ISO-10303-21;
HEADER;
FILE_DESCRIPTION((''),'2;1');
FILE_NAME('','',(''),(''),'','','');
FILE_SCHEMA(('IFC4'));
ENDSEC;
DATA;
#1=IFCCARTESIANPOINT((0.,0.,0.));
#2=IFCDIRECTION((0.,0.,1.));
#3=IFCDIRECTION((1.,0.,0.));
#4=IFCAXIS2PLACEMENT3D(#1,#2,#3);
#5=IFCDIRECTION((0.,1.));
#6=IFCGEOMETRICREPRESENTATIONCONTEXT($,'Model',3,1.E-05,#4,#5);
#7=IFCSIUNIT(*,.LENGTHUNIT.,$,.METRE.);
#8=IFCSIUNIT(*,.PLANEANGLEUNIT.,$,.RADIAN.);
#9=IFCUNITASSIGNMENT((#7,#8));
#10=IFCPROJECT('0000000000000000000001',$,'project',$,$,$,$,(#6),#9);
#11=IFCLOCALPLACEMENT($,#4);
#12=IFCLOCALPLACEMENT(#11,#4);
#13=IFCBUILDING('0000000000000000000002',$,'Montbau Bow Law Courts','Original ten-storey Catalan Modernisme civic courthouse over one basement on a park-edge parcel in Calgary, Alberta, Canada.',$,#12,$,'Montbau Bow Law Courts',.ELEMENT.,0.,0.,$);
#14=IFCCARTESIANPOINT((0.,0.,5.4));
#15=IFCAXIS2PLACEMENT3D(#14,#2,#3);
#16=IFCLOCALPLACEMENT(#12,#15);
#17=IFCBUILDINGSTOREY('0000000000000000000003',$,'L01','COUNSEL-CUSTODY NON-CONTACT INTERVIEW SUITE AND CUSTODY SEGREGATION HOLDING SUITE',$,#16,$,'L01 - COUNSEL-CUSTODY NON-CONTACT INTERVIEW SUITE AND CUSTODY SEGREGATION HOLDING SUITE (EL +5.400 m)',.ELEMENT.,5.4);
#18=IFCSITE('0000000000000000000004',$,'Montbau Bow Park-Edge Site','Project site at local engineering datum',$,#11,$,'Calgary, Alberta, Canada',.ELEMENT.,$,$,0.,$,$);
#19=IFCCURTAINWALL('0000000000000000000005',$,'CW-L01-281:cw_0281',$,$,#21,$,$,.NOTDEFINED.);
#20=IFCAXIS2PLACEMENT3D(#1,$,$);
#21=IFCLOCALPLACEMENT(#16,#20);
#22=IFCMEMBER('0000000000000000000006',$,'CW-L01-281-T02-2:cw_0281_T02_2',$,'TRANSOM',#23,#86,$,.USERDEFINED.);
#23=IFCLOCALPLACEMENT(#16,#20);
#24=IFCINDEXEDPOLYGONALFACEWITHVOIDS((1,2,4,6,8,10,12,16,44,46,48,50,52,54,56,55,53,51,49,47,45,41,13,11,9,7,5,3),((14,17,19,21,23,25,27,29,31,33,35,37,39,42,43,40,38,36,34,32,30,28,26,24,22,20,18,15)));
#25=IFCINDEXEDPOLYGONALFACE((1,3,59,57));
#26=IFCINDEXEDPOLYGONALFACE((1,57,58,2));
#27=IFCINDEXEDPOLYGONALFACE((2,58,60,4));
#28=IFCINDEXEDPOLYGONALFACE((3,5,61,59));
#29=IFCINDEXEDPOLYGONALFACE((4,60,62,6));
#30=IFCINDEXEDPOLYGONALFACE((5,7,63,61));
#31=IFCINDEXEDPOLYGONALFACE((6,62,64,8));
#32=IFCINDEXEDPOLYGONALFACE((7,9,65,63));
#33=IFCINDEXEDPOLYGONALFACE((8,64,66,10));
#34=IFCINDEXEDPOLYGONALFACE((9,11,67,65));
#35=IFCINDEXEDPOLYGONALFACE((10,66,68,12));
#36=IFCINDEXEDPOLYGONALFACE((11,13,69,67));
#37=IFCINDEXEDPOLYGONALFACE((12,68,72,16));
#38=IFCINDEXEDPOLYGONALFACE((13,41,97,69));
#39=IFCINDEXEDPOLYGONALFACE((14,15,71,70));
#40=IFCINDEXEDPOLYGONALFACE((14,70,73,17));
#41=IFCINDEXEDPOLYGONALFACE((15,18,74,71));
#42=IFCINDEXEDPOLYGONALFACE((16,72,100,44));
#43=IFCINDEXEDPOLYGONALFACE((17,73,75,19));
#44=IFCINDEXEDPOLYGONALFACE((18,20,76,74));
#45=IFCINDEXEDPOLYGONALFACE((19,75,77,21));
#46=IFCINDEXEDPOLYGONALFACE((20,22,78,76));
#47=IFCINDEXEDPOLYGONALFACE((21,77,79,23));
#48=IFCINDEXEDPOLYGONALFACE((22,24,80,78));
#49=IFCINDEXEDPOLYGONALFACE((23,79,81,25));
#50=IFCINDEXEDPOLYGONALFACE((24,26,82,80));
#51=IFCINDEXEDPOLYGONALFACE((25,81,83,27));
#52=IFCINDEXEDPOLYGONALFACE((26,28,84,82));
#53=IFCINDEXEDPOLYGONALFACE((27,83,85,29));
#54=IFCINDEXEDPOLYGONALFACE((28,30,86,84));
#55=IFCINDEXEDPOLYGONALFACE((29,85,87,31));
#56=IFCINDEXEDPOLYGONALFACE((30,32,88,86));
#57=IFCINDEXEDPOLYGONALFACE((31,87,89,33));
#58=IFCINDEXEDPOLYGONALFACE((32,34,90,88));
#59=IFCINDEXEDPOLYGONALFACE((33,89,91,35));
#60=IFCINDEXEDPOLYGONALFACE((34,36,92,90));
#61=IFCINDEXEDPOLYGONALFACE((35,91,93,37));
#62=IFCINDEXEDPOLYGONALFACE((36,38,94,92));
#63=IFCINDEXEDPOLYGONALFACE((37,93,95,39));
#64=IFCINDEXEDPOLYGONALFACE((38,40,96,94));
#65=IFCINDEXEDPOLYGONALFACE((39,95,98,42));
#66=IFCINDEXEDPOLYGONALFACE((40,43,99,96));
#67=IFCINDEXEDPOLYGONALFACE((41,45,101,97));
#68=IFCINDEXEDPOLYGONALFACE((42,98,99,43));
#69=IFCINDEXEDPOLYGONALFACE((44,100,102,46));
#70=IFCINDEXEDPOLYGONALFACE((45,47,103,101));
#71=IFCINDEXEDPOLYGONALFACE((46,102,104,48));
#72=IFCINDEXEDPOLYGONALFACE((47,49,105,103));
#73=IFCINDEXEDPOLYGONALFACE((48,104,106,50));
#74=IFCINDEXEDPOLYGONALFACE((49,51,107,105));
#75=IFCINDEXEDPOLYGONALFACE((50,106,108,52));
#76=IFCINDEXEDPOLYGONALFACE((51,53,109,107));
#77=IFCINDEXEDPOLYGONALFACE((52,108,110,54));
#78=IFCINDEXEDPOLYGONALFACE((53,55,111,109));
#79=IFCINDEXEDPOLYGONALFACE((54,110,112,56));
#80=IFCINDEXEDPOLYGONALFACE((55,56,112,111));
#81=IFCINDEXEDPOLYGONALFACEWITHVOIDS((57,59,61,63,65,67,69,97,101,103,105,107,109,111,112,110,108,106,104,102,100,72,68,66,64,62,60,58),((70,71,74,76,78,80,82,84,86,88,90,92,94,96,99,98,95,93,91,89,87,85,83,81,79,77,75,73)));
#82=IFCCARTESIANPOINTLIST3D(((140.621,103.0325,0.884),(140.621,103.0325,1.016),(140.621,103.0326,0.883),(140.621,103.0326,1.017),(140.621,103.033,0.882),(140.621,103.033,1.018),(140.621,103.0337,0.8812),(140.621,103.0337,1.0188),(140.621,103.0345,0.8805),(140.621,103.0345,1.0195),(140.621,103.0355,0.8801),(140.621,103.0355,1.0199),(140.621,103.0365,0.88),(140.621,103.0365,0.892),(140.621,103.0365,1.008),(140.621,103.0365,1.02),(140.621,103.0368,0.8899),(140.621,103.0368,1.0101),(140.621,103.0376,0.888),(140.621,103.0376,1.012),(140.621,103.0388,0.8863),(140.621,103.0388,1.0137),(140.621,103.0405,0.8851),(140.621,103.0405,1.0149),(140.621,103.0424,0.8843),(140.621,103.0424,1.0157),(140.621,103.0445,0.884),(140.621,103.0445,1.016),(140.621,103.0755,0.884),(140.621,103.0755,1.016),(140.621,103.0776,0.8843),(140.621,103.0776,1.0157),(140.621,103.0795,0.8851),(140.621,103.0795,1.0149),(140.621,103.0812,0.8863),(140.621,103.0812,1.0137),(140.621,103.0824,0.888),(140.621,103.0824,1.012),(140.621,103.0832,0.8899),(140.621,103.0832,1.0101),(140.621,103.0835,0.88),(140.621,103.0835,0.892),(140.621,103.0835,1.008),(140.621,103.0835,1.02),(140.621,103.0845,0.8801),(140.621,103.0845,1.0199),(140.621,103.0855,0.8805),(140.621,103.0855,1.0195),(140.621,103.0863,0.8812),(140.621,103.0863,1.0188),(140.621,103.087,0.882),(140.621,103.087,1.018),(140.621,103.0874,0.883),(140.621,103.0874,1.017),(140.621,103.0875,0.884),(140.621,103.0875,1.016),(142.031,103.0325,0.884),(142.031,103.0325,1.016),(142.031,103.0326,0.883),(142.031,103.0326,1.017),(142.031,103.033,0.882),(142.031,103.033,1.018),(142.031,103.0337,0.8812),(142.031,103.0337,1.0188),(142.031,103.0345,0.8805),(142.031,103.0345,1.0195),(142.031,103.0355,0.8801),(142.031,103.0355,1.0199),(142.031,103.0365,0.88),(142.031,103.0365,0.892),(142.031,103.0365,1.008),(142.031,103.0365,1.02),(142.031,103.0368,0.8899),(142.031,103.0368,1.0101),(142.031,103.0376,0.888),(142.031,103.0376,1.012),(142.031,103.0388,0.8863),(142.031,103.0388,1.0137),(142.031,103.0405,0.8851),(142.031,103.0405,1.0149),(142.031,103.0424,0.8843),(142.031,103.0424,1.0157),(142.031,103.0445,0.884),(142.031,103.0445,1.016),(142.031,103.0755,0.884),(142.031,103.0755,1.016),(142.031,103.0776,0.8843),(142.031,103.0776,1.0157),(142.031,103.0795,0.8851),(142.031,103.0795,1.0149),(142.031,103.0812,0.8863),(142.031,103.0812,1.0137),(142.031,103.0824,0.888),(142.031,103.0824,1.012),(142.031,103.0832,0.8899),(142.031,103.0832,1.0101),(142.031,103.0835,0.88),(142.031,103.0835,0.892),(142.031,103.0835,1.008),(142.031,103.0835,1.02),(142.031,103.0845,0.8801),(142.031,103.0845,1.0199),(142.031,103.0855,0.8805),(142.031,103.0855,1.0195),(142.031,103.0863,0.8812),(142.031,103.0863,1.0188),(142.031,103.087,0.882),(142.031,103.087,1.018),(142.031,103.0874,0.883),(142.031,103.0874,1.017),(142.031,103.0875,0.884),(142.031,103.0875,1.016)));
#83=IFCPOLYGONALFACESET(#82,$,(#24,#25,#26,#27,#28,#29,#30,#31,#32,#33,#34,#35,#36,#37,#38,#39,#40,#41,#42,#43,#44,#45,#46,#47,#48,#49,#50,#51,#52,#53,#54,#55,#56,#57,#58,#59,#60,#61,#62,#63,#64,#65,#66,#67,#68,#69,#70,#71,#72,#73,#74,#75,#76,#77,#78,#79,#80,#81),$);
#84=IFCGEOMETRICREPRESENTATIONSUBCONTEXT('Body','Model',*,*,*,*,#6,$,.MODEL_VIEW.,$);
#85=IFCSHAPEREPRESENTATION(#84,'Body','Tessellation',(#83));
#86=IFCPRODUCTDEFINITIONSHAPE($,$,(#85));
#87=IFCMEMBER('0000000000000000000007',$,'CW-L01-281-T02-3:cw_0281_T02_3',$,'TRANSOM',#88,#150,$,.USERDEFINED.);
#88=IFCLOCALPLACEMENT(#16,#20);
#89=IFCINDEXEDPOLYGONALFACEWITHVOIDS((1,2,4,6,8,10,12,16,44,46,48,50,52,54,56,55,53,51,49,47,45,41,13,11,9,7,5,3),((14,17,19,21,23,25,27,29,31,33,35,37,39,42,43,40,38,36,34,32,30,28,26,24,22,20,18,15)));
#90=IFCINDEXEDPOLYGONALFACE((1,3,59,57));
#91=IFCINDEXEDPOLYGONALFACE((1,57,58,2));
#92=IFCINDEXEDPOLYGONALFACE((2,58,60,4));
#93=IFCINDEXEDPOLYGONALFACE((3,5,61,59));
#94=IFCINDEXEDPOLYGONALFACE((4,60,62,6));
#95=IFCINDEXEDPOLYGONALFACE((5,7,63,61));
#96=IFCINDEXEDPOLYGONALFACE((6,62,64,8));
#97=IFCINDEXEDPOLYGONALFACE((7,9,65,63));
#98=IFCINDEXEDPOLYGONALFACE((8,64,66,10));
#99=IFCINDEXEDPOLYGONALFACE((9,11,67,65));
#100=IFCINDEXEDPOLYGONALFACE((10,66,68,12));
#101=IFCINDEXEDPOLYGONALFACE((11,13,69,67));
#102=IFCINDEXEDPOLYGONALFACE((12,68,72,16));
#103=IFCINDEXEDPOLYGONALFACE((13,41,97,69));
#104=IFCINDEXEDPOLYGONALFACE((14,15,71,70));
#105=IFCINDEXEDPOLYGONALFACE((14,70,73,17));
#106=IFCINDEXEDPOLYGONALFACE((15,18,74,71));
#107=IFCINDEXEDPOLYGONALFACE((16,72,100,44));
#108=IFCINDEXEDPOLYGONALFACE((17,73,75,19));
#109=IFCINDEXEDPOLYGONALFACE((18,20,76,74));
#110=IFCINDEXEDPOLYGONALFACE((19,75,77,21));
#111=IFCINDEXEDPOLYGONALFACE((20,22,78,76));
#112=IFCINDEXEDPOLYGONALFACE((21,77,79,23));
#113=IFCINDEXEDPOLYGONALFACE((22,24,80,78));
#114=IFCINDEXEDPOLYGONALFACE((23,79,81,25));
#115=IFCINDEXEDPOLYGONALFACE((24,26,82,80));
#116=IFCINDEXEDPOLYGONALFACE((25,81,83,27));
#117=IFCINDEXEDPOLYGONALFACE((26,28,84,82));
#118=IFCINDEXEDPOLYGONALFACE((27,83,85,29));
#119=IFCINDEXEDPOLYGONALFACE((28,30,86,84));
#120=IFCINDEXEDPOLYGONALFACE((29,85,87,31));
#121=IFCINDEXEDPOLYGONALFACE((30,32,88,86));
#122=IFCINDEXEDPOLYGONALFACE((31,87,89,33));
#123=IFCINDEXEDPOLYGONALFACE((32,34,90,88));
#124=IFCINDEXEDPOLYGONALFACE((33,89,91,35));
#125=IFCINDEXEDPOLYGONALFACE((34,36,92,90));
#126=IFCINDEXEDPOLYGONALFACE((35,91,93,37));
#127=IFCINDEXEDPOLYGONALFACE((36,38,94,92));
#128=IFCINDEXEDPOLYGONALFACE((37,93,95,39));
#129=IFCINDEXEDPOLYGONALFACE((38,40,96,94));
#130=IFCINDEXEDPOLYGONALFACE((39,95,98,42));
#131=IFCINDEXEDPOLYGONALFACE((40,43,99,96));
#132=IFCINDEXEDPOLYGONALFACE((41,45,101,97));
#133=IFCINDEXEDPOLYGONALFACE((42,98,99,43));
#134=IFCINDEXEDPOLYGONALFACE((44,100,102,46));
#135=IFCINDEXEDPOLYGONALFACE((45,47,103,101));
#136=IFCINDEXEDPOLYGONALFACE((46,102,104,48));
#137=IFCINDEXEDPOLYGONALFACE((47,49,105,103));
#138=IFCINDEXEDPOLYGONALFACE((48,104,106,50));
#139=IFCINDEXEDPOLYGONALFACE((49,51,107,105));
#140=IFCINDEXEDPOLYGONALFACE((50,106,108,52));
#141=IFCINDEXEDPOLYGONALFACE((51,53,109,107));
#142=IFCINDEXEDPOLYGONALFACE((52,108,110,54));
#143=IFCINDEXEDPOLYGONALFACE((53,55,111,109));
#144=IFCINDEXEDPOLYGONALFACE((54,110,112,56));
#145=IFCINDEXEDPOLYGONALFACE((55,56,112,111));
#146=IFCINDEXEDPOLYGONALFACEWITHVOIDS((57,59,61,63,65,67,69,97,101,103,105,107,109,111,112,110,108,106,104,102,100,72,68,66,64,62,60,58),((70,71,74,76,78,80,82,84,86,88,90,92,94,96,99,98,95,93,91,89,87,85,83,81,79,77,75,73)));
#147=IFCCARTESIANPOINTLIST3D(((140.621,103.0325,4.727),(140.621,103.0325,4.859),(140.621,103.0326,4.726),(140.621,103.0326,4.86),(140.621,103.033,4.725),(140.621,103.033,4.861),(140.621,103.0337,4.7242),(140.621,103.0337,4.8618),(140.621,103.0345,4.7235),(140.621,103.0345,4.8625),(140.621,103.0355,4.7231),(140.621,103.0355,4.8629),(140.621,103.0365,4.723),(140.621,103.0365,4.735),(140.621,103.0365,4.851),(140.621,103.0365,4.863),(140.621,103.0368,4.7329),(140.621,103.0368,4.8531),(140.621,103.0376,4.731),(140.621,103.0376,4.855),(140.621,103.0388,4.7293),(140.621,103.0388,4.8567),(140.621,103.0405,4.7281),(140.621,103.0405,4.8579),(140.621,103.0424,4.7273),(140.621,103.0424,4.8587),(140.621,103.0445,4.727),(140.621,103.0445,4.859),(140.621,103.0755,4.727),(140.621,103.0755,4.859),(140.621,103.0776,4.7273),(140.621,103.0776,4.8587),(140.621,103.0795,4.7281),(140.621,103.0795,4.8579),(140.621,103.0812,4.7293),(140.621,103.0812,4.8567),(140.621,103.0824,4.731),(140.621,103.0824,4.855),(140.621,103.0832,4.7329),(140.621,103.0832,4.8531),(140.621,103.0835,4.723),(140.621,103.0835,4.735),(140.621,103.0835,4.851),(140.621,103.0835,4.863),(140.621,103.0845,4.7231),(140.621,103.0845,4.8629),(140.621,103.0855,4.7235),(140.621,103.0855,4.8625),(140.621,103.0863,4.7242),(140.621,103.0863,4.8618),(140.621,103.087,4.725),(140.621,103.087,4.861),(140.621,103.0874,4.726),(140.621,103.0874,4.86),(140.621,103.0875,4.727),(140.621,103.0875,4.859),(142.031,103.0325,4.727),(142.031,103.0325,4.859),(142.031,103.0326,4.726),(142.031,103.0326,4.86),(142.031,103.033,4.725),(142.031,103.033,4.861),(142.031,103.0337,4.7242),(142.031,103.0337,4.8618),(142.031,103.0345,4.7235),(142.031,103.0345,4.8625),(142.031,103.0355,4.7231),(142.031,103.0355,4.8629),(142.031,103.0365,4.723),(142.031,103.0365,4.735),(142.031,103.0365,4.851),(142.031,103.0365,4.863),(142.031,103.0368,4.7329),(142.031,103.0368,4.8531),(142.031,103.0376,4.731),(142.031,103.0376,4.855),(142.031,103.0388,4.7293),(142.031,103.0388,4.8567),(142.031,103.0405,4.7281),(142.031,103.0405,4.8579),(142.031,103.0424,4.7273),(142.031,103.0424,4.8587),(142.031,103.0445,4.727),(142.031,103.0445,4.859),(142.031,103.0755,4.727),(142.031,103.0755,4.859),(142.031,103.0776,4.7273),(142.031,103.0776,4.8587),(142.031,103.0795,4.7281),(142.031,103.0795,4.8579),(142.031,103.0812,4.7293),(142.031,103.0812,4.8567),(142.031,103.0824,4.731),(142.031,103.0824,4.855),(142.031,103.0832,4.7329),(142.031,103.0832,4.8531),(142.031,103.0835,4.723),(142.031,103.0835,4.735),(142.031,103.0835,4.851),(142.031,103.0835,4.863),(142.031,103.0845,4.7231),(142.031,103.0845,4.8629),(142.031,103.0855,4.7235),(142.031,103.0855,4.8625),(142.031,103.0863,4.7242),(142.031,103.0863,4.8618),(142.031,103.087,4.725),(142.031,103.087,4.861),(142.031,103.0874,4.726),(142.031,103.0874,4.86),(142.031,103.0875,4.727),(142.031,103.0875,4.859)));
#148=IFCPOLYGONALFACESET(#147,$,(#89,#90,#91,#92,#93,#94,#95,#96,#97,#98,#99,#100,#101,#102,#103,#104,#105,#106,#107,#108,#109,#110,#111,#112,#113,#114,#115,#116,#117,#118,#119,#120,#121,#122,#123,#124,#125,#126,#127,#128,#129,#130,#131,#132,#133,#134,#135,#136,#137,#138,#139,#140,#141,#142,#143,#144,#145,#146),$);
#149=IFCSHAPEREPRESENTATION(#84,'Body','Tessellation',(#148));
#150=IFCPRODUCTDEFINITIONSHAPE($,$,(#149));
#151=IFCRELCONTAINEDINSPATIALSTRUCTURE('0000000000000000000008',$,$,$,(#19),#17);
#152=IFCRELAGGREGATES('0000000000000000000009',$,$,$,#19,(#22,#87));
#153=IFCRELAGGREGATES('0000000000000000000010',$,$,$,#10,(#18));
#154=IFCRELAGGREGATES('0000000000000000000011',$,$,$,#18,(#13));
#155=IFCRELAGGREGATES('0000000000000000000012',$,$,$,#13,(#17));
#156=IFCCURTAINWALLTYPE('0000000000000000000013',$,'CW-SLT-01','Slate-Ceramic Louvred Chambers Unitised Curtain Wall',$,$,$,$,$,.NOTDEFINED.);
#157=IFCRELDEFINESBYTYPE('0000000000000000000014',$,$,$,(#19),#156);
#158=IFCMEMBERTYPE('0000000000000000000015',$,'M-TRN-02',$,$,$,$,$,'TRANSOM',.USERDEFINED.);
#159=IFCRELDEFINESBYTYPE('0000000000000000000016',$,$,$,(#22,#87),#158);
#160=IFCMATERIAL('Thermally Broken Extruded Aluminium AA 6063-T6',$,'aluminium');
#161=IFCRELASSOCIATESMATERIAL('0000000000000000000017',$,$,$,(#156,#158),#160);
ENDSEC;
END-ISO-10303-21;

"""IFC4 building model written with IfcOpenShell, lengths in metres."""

from ifc_helpers import new_model, si_unit, direction, frame, origin_with_axes, origin_2d_with_axis, place, context, subcontext, project, spatial, hollow_rectangle, extrude, material, material_profile, profile_set, type_object, element, aggregate, save


model = new_model("IFC4")

# Units and contexts
model_context = context("Model", 3, precision=1e-05, world=origin_with_axes(), true_north=direction((0.0, 1.0)))
body_context = subcontext(model_context, "Body", "Model", "MODEL_VIEW")
ifc_project = project(units=[si_unit("LENGTHUNIT", "METRE"), si_unit("PLANEANGLEUNIT", "RADIAN")], contexts=[model_context])

# Site, building, storey
site_placement = place(None, origin_with_axes())
site = spatial("IfcSite", under=ifc_project, at=site_placement, Name="Montbau Bow Park-Edge Site", Description="Project site at local engineering datum", LongName="Calgary, Alberta, Canada", CompositionType="ELEMENT", RefElevation=0.0)
building_placement = place(site_placement, origin_with_axes())
building = spatial("IfcBuilding", under=site, at=building_placement, Name="Montbau Bow Law Courts", Description="Original ten-storey Catalan Modernisme civic courthouse over one basement on a park-edge parcel in Calgary, Alberta, Canada.", LongName="Montbau Bow Law Courts", CompositionType="ELEMENT", ElevationOfRefHeight=0.0, ElevationOfTerrain=0.0)
storey_placement = place(building_placement, frame((0.0, 0.0, 5.4), z_axis=(0.0, 0.0, 1.0), x_axis=(1.0, 0.0, 0.0)))
storey = spatial("IfcBuildingStorey", under=building, at=storey_placement, Name="L01", Description="COUNSEL-CUSTODY NON-CONTACT INTERVIEW SUITE AND CUSTODY SEGREGATION HOLDING SUITE", LongName="L01 - COUNSEL-CUSTODY NON-CONTACT INTERVIEW SUITE AND CUSTODY SEGREGATION HOLDING SUITE (EL +5.400 m)", CompositionType="ELEMENT", Elevation=5.4)

# Curtain wall, members
ifc_material_1 = material(Name="Thermally Broken Extruded Aluminium AA 6063-T6", Category="aluminium")
curtain_wall_type = type_object("IfcCurtainWallType", Name="CW-SLT-01", Description="Slate-Ceramic Louvred Chambers Unitised Curtain Wall", PredefinedType="NOTDEFINED", material=ifc_material_1)
curtain_wall_placement = place(None, frame((139.115, 103.06, 5.4), z_axis=(0.0, 0.0, 1.0), x_axis=(1.0, 0.0, 0.0)))
curtain_wall = element("IfcCurtainWall", 1, at=curtain_wall_placement, inside=storey, type_object=curtain_wall_type, Name="CW-L01-281:cw_0281", PredefinedType="NOTDEFINED")
ifc_material_profile_1 = material_profile(ifc_material_1, hollow_rectangle(XDim=0.055, YDim=0.14, WallThickness=0.004, InnerFilletRadius=0.008, OuterFilletRadius=0.004, at=origin_2d_with_axis()), Name="CWT-140X55", Category="Main", Priority=0)
ifc_profile_set_1 = profile_set([ifc_material_profile_1], Name="Thermally Broken Extruded Aluminium AA 6063-T6")
member_type_1 = type_object("IfcMemberType", Name="M-TRN-02", ElementType="TRANSOM", PredefinedType="USERDEFINED", material=ifc_profile_set_1)
member_1_placement = place(None, frame((140.621, 103.06, 6.35), z_axis=(1.0, 0.0, 0.0), x_axis=(0.0, 1.0, 0.0)))
member_1 = element("IfcMember", 2, at=member_1_placement, type_object=member_type_1, Name="CW-L01-281-T02-2:cw_0281_T02_2", ObjectType="TRANSOM", PredefinedType="USERDEFINED", context=body_context, shape_type="SweptSolid", body=[
    extrude(hollow_rectangle(XDim=0.055, YDim=0.14, WallThickness=0.004, InnerFilletRadius=0.008, OuterFilletRadius=0.004, at=origin_2d_with_axis()), origin_with_axes(), (0.0, 0.0, 1.0), 1.41),
])
member_2_placement = place(None, frame((140.621, 103.06, 10.193), z_axis=(1.0, 0.0, 0.0), x_axis=(0.0, 1.0, 0.0)))
member_2 = element("IfcMember", 3, at=member_2_placement, type_object=member_type_1, Name="CW-L01-281-T02-3:cw_0281_T02_3", ObjectType="TRANSOM", PredefinedType="USERDEFINED", context=body_context, shape_type="SweptSolid", body=[
    extrude(hollow_rectangle(XDim=0.055, YDim=0.14, WallThickness=0.004, InnerFilletRadius=0.008, OuterFilletRadius=0.004, at=origin_2d_with_axis()), origin_with_axes(), (0.0, 0.0, 1.0), 1.41),
])
aggregate(curtain_wall, [member_1, member_2])

save(model, "model.ifc")
